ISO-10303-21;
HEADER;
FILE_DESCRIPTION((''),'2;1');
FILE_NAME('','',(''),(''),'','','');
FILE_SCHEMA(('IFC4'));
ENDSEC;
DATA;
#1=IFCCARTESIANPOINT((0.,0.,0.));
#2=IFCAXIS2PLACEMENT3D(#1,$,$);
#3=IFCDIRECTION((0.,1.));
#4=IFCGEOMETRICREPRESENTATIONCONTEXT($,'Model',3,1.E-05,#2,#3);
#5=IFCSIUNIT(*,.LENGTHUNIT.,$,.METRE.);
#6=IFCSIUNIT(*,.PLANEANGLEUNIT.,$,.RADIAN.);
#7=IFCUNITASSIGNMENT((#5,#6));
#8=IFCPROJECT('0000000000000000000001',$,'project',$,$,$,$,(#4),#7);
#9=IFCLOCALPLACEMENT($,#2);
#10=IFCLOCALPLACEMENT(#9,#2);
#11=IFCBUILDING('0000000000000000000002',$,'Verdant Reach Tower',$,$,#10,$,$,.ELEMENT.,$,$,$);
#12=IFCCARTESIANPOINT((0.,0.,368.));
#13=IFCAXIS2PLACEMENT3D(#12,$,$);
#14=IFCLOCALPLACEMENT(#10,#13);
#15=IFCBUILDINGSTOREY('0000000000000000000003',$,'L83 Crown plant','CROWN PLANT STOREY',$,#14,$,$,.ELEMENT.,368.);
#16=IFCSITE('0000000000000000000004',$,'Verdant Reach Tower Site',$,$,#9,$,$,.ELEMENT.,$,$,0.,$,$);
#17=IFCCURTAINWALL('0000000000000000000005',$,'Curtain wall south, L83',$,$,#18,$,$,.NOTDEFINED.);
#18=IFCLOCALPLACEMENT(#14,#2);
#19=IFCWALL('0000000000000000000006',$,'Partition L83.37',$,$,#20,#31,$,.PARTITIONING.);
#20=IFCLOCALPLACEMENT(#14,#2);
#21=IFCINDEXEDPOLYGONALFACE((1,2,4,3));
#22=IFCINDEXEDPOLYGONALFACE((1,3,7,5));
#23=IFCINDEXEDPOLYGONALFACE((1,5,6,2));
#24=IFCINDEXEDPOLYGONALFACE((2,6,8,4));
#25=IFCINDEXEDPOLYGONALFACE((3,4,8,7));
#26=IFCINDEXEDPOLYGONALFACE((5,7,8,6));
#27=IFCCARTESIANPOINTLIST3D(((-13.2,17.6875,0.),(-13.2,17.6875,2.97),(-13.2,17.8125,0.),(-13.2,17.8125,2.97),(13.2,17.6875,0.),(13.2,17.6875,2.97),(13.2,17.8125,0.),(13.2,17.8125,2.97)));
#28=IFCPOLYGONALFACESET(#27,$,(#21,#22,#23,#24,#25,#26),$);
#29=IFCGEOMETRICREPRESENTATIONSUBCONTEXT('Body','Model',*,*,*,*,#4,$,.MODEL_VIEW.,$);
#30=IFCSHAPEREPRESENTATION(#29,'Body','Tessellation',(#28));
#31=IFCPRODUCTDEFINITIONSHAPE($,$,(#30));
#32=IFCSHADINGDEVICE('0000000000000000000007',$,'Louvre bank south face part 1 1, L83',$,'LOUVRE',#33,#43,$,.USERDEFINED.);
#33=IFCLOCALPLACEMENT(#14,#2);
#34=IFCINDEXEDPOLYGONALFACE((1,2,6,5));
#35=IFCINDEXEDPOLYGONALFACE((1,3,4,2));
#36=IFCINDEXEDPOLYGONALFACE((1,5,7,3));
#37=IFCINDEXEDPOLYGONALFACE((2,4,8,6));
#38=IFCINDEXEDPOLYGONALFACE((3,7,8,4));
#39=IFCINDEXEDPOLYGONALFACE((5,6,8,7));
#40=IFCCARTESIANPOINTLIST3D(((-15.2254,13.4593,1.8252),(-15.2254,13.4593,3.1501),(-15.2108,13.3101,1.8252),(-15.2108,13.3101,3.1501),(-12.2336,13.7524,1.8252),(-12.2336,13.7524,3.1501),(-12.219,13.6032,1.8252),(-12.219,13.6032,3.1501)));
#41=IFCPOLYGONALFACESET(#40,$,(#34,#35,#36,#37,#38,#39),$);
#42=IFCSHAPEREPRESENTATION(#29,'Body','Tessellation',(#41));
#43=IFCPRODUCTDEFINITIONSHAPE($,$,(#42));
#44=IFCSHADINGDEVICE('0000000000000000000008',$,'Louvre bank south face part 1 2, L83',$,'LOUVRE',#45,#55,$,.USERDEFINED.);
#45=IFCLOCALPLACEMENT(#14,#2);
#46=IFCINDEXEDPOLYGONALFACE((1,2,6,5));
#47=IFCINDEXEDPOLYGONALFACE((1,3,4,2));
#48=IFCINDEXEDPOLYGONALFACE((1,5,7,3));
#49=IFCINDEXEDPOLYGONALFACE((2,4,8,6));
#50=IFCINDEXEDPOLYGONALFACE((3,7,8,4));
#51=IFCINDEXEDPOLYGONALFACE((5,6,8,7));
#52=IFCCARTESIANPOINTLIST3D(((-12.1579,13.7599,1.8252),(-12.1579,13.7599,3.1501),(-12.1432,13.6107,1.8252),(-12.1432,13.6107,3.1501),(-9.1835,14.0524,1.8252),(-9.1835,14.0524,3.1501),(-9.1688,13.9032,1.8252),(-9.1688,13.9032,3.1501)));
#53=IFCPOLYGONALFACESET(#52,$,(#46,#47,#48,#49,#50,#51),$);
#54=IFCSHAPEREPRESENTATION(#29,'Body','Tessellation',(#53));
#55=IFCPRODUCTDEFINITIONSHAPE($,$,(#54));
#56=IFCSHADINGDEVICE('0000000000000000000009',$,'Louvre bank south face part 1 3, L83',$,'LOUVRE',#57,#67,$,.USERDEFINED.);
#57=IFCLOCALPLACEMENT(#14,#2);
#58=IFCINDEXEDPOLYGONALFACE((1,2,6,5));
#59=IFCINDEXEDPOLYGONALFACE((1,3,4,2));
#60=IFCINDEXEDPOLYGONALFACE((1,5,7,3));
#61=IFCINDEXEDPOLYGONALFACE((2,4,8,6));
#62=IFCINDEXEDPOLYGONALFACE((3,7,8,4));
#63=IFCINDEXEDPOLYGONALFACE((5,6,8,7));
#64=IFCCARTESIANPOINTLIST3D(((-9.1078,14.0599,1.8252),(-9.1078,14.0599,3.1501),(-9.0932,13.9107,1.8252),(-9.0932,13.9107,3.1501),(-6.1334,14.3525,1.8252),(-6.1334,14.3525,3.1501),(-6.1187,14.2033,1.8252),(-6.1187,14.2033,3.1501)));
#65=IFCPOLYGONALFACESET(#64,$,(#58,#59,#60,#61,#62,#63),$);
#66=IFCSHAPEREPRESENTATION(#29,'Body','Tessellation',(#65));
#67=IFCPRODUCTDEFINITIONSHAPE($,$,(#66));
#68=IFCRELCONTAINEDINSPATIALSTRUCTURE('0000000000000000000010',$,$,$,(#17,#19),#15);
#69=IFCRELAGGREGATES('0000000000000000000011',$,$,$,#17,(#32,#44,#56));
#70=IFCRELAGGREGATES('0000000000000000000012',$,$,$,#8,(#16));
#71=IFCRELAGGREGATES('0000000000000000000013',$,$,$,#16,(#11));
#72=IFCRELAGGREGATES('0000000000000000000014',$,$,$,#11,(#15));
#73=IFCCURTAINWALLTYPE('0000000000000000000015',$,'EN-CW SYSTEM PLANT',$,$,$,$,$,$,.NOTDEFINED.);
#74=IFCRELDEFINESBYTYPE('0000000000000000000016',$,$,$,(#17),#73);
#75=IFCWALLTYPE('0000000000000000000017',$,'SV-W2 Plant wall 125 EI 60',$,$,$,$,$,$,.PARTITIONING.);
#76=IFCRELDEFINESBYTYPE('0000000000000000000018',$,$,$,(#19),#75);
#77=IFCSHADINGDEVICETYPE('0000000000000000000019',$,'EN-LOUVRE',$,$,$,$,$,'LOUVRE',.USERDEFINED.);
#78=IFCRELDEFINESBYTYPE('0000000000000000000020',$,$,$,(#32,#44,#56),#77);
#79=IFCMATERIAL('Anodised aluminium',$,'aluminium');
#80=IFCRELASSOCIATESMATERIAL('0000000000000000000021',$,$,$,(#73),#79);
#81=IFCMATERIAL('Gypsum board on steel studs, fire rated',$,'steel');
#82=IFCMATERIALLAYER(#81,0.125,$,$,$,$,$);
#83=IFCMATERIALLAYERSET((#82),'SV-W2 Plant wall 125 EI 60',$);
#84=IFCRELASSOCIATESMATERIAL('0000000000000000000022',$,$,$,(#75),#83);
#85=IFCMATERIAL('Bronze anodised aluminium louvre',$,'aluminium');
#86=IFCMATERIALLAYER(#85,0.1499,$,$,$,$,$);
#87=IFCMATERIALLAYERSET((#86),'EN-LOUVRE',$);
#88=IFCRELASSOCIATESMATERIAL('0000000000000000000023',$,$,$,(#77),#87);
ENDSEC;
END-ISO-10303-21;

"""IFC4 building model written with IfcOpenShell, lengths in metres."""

from ifc_helpers import new_model, si_unit, direction, frame, frame_2d, origin, origin_2d, place, context, subcontext, project, spatial, rectangle, extrude, material, layer, layer_set, type_object, element, aggregate, save


model = new_model("IFC4")

# Units and contexts
model_context = context("Model", 3, precision=1e-05, world=origin(), true_north=direction((0.0, 1.0)))
body_context = subcontext(model_context, "Body", "Model", "MODEL_VIEW")
ifc_project = project(units=[si_unit("LENGTHUNIT", "METRE"), si_unit("PLANEANGLEUNIT", "RADIAN")], contexts=[model_context])

# Site, building, storey
site_placement = place(None, origin())
site = spatial("IfcSite", under=ifc_project, at=site_placement, Name="Verdant Reach Tower Site", CompositionType="ELEMENT", RefElevation=0.0)
building_placement = place(site_placement, origin())
building = spatial("IfcBuilding", under=site, at=building_placement, Name="Verdant Reach Tower", CompositionType="ELEMENT")
storey_placement = place(building_placement, frame((0.0, 0.0, 368.0)))
storey = spatial("IfcBuildingStorey", under=building, at=storey_placement, Name="L83 Crown plant", Description="CROWN PLANT STOREY", CompositionType="ELEMENT", Elevation=368.0)

# Curtain wall
ifc_material_1 = material(Name="Anodised aluminium", Category="aluminium")
curtain_wall_type = type_object("IfcCurtainWallType", Name="EN-CW SYSTEM PLANT", PredefinedType="NOTDEFINED", material=ifc_material_1)
curtain_wall_placement = place(storey_placement, origin())
curtain_wall = element("IfcCurtainWall", 1, at=curtain_wall_placement, inside=storey, type_object=curtain_wall_type, Name="Curtain wall south, L83", PredefinedType="NOTDEFINED")

# Wall
ifc_material_2 = material(Name="Gypsum board on steel studs, fire rated", Category="steel")
ifc_layer_1 = layer(ifc_material_2, 0.125)
ifc_layer_set_1 = layer_set([ifc_layer_1], Name="SV-W2 Plant wall 125 EI 60")
wall_type_1 = type_object("IfcWallType", Name="SV-W2 Plant wall 125 EI 60", PredefinedType="PARTITIONING", material=ifc_layer_set_1)
wall_1_placement = place(storey_placement, frame((-13.2, 17.75, 0.0), z_axis=(0.0, 0.0, 1.0), x_axis=(1.0, 0.0, 0.0)))
element("IfcWall", 2, at=wall_1_placement, inside=storey, type_object=wall_type_1, Name="Partition L83.37", PredefinedType="PARTITIONING", context=body_context, shape_type="SweptSolid", body=[
    extrude(rectangle(XDim=26.3999, YDim=0.125, at=frame_2d((13.2, 0.0))), origin(), (0.0, 0.0, 1.0), 2.97),
])

# Shading devices
ifc_material_3 = material(Name="Bronze anodised aluminium louvre", Category="aluminium")
ifc_layer_2 = layer(ifc_material_3, 0.1499)
ifc_layer_set_2 = layer_set([ifc_layer_2], Name="EN-LOUVRE")
shading_device_type = type_object("IfcShadingDeviceType", Name="EN-LOUVRE", ElementType="LOUVRE", PredefinedType="USERDEFINED", material=ifc_layer_set_2)
shading_device_1_placement = place(storey_placement, frame((-13.7222, 13.5312, 1.8252), z_axis=(0.0, 0.0, 1.0), x_axis=(0.995238, 0.097473, 0.0)))
shading_device_1 = element("IfcShadingDevice", 3, at=shading_device_1_placement, type_object=shading_device_type, Name="Louvre bank south face part 1 1, L83", ObjectType="LOUVRE", PredefinedType="USERDEFINED", context=body_context, shape_type="SweptSolid", body=[
    extrude(rectangle(XDim=3.0061, YDim=0.1499, at=origin_2d()), origin(), (0.0, 0.0, 1.0), 1.325),
])
shading_device_2_placement = place(storey_placement, frame((-10.6633, 13.8315, 1.8252), z_axis=(0.0, 0.0, 1.0), x_axis=(0.995197, 0.097888, 0.0)))
shading_device_2 = element("IfcShadingDevice", 4, at=shading_device_2_placement, type_object=shading_device_type, Name="Louvre bank south face part 1 2, L83", ObjectType="LOUVRE", PredefinedType="USERDEFINED", context=body_context, shape_type="SweptSolid", body=[
    extrude(rectangle(XDim=2.9888, YDim=0.1499, at=origin_2d()), origin(), (0.0, 0.0, 1.0), 1.325),
])
shading_device_3_placement = place(storey_placement, frame((-7.6133, 14.1316, 1.8252), z_axis=(0.0, 0.0, 1.0), x_axis=(0.995197, 0.097888, 0.0)))
shading_device_3 = element("IfcShadingDevice", 5, at=shading_device_3_placement, type_object=shading_device_type, Name="Louvre bank south face part 1 3, L83", ObjectType="LOUVRE", PredefinedType="USERDEFINED", context=body_context, shape_type="SweptSolid", body=[
    extrude(rectangle(XDim=2.9888, YDim=0.1499, at=origin_2d()), origin(), (0.0, 0.0, 1.0), 1.325),
])
aggregate(curtain_wall, [shading_device_1, shading_device_2, shading_device_3])

save(model, "model.ifc")
